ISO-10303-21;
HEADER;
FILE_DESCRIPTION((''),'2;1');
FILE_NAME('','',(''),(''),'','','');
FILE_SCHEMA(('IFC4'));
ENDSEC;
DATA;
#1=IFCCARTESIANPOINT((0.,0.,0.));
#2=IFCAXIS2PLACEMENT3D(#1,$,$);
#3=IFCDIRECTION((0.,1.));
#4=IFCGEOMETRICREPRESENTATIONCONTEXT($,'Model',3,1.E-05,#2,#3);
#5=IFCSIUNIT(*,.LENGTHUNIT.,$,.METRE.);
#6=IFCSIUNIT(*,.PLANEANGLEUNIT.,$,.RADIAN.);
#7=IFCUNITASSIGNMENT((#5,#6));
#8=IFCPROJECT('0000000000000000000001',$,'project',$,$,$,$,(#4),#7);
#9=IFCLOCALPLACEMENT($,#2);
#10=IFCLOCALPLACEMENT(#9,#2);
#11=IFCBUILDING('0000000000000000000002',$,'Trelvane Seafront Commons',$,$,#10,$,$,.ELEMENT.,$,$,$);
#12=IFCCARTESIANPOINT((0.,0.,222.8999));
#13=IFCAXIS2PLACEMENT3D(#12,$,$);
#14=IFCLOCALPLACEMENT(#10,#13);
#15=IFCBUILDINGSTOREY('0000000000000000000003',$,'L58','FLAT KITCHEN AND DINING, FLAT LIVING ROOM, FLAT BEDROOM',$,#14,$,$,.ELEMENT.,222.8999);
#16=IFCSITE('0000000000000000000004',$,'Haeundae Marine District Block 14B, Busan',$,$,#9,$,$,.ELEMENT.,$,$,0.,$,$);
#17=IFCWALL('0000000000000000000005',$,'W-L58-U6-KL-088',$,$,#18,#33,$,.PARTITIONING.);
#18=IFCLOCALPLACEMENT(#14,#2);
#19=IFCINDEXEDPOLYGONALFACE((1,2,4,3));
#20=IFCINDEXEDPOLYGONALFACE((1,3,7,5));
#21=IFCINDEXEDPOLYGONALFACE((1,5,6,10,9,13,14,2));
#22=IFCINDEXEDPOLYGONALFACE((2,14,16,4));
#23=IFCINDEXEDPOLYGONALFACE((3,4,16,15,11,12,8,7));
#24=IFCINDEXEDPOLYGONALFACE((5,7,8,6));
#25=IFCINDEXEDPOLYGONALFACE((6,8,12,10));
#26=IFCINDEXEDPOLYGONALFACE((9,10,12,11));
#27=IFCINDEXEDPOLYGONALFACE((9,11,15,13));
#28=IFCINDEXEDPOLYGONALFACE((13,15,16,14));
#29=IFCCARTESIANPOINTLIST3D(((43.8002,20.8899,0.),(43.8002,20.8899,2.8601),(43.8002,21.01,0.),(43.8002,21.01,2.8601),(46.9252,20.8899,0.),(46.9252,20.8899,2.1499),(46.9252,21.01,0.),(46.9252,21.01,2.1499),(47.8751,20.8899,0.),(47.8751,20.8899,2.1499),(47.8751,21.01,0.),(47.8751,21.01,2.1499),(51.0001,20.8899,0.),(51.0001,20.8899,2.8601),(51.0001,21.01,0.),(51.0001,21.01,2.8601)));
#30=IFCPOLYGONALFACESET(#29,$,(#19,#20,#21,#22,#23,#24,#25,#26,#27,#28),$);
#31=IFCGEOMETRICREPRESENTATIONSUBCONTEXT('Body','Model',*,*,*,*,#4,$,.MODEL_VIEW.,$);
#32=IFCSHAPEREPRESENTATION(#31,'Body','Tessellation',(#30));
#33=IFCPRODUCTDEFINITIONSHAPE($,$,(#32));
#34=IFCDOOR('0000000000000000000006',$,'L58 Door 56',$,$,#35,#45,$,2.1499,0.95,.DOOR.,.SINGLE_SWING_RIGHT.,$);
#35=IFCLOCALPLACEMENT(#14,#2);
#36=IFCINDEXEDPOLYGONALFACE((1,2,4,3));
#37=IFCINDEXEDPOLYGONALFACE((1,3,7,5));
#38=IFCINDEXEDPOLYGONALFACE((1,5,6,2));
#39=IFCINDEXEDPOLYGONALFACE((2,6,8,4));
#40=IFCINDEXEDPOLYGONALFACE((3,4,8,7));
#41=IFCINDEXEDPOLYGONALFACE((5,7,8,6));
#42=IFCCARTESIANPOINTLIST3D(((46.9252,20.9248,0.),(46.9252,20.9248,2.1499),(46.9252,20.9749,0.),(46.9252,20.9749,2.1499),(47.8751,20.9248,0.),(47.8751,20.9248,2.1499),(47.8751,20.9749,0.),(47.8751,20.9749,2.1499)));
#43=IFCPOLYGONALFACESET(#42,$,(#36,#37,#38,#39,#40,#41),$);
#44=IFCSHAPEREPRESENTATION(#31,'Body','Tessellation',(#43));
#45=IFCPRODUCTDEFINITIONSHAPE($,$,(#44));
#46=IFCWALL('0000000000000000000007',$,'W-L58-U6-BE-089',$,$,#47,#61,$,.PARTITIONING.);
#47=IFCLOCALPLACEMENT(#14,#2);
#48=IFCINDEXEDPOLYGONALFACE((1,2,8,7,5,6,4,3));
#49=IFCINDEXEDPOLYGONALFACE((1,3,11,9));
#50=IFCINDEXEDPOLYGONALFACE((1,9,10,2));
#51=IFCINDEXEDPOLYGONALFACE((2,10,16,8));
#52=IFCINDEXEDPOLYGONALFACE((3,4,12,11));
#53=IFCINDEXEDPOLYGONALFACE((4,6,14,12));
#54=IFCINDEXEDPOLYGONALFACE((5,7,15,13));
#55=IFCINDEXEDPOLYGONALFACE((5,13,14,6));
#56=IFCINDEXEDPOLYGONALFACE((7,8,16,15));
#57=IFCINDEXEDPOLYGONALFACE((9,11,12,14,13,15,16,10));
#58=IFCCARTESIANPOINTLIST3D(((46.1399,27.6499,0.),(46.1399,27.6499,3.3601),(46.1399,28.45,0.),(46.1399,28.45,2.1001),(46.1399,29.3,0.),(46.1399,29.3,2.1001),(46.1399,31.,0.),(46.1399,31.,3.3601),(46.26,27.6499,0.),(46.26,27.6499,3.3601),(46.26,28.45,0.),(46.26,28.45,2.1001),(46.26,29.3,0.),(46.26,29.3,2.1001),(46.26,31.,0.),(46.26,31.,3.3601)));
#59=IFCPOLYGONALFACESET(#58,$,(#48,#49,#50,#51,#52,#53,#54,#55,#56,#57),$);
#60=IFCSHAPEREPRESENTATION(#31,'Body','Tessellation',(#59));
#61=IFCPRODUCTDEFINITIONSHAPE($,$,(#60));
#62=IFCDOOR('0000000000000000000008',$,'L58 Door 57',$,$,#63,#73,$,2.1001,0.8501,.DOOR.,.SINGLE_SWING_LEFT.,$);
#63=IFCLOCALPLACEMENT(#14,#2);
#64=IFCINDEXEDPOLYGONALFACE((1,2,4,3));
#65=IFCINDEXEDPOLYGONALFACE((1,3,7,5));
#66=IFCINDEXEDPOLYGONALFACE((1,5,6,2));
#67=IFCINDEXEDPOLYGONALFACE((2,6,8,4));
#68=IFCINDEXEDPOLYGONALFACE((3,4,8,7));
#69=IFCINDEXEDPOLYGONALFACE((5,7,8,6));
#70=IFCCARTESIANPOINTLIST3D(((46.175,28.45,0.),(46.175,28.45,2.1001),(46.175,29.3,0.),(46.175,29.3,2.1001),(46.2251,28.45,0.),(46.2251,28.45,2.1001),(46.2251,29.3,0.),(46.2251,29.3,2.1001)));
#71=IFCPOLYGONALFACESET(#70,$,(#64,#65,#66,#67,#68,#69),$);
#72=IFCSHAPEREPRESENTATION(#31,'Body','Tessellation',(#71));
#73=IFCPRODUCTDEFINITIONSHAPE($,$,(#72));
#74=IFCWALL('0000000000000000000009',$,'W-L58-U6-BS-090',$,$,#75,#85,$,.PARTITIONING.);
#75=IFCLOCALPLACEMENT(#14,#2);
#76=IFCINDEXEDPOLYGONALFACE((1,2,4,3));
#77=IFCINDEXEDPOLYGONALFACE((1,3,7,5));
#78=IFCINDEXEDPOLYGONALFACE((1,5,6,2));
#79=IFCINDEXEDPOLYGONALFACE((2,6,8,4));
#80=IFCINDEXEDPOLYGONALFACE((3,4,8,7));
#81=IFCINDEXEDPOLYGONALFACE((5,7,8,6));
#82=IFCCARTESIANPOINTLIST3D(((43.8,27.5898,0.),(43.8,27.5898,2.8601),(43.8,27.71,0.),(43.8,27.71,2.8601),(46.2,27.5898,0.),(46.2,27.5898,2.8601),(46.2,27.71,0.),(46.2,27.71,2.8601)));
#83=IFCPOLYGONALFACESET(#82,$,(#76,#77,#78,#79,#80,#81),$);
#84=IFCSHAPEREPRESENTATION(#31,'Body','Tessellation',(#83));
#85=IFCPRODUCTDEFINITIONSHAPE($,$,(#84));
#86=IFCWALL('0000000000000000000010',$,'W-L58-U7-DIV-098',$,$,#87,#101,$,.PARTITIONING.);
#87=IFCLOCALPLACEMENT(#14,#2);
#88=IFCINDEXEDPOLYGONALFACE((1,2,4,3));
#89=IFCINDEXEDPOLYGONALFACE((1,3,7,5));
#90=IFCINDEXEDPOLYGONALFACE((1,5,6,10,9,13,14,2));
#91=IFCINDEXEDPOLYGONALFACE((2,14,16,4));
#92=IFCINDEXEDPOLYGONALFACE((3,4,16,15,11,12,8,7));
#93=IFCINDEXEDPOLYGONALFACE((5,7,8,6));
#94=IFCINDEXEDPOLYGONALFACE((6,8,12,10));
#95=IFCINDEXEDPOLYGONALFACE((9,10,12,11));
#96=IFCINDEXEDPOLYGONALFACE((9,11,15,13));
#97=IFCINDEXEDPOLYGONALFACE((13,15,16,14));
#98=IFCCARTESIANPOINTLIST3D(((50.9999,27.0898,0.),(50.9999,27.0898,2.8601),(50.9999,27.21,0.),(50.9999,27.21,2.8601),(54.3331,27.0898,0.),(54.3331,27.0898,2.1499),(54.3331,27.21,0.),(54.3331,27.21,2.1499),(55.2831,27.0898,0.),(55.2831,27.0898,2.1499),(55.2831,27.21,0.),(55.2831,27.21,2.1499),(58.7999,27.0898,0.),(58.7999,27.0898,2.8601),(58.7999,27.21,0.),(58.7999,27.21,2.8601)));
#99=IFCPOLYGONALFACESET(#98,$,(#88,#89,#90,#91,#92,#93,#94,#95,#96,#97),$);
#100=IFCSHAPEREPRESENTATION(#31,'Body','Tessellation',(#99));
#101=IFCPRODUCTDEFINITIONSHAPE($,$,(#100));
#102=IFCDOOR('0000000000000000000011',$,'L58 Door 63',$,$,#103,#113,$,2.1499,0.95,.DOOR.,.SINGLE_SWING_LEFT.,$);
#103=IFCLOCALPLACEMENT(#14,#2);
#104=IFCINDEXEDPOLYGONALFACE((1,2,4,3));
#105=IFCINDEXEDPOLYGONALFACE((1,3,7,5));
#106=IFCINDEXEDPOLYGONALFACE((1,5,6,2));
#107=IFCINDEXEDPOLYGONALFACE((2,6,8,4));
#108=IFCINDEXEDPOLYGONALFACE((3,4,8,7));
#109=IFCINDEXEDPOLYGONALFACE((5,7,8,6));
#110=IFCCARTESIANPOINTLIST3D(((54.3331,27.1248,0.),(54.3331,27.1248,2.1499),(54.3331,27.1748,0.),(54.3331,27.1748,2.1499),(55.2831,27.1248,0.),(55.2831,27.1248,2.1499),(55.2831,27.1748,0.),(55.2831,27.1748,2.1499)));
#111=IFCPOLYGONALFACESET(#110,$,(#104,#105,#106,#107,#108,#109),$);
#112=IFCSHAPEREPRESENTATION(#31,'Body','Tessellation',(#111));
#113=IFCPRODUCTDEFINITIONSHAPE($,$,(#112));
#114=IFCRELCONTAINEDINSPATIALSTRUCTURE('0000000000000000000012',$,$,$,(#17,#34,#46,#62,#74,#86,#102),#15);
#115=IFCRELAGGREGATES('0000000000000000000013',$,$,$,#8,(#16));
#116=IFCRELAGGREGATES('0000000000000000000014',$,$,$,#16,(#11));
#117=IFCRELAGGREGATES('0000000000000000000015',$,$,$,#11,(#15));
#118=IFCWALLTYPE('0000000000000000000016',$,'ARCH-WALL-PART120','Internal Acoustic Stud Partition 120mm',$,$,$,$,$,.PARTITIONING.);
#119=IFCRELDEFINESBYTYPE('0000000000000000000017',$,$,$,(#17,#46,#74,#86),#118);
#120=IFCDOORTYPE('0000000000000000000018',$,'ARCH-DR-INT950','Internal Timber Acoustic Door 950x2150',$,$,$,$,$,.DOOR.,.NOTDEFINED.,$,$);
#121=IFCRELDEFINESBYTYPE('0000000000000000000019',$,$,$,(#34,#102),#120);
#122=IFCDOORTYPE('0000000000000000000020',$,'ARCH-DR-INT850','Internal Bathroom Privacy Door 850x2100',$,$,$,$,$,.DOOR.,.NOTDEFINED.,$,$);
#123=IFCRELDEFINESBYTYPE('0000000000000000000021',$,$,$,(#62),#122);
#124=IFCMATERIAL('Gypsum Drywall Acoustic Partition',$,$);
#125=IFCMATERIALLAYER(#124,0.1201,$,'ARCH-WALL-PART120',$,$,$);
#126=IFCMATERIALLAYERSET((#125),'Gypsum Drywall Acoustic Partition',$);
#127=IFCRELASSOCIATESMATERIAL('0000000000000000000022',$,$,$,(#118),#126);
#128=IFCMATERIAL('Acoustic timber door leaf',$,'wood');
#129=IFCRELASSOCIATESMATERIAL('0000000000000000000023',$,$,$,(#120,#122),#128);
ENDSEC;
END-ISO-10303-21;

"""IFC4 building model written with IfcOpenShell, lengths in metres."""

from ifc_helpers import new_model, si_unit, direction, frame, frame_2d, origin, place, context, subcontext, project, spatial, rectangle, extrude, source, transform, mapped, material, layer, layer_set, type_object, element, fill, save


model = new_model("IFC4")

# Units and contexts
model_context = context("Model", 3, precision=1e-05, world=origin(), true_north=direction((0.0, 1.0)))
body_context = subcontext(model_context, "Body", "Model", "MODEL_VIEW")
ifc_project = project(units=[si_unit("LENGTHUNIT", "METRE"), si_unit("PLANEANGLEUNIT", "RADIAN")], contexts=[model_context])

# Site, building, storey
site_placement = place(None, origin())
site = spatial("IfcSite", under=ifc_project, at=site_placement, Name="Haeundae Marine District Block 14B, Busan", CompositionType="ELEMENT", RefElevation=0.0)
building_placement = place(site_placement, origin())
building = spatial("IfcBuilding", under=site, at=building_placement, Name="Trelvane Seafront Commons", CompositionType="ELEMENT")
storey_placement = place(building_placement, frame((0.0, 0.0, 222.8999)))
storey = spatial("IfcBuildingStorey", under=building, at=storey_placement, Name="L58", Description="FLAT KITCHEN AND DINING, FLAT LIVING ROOM, FLAT BEDROOM", CompositionType="ELEMENT", Elevation=222.8999)

# Shared definitions
ifc_material_1 = material(Name="Gypsum Drywall Acoustic Partition")
ifc_layer = layer(ifc_material_1, 0.1201, Name="ARCH-WALL-PART120")
ifc_layer_set = layer_set([ifc_layer], Name="Gypsum Drywall Acoustic Partition")
wall_type = type_object("IfcWallType", Name="ARCH-WALL-PART120", Description="Internal Acoustic Stud Partition 120mm", PredefinedType="PARTITIONING", material=ifc_layer_set)
ifc_material_2 = material(Name="Acoustic timber door leaf", Category="wood")
door_type_1 = type_object("IfcDoorType", Name="ARCH-DR-INT950", Description="Internal Timber Acoustic Door 950x2150", OperationType="NOTDEFINED", PredefinedType="DOOR", material=ifc_material_2)
shared_shape_1 = source(origin(), body_context, "Body", "SweptSolid", [
    extrude(rectangle(XDim=0.95, YDim=2.1499, at=frame_2d((0.4751, 1.075))), frame((0.0, 0.0249, 0.0), z_axis=(0.0, -1.0, 0.0), x_axis=(1.0, 0.0, 0.0)), (0.0, 0.0, 1.0), 0.05),
])
door_type_2 = type_object("IfcDoorType", Name="ARCH-DR-INT850", Description="Internal Bathroom Privacy Door 850x2100", OperationType="NOTDEFINED", PredefinedType="DOOR", material=ifc_material_2)
shared_shape_2 = source(origin(), body_context, "Body", "SweptSolid", [
    extrude(rectangle(XDim=0.8501, YDim=2.1001, at=frame_2d((0.425, 1.05))), frame((0.0, 0.0249, 0.0), z_axis=(0.0, -1.0, 0.0), x_axis=(1.0, 0.0, 0.0)), (0.0, 0.0, 1.0), 0.05),
])

# Walls, openings, doors
wall_1_placement = place(storey_placement, frame((43.8, 20.95, 0.0), z_axis=(0.0, 0.0, 1.0), x_axis=(1.0, 0.0, 0.0)))
wall_1 = element("IfcWall", 1, at=wall_1_placement, inside=storey, type_object=wall_type, Name="W-L58-U6-KL-088", PredefinedType="PARTITIONING", context=body_context, shape_type="SweptSolid", body=[
    extrude(rectangle(XDim=7.2, YDim=0.1201, at=frame_2d((3.6001, 0.0))), origin(), (0.0, 0.0, 1.0), 2.8601),
])
opening_1_placement = place(wall_1_placement, frame((3.125, 0.0, 0.0)))
opening_1 = element("IfcOpeningElement", 2, at=opening_1_placement, cuts=wall_1, PredefinedType="OPENING", context=body_context, shape_type="SweptSolid", body=[
    extrude(rectangle(XDim=0.95, YDim=2.1499, at=frame_2d((0.4751, 1.075))), frame((0.0, 0.0701, 0.0), z_axis=(0.0, -1.0, 0.0), x_axis=(1.0, 0.0, 0.0)), (0.0, 0.0, 1.0), 0.1401),
])
door_1_placement = place(opening_1_placement, origin())
door_1 = element("IfcDoor", 3, at=door_1_placement, inside=storey, type_object=door_type_1, Name="L58 Door 56", OperationType="SINGLE_SWING_RIGHT", OverallHeight=2.1499, OverallWidth=0.95, PredefinedType="DOOR", context=body_context, shape_type="MappedRepresentation", body=[
    mapped(shared_shape_1, transform((0.0, 0.0, 0.0), x_axis=(1.0, 0.0, 0.0), y_axis=(0.0, 1.0, 0.0), z_axis=(0.0, 0.0, 1.0), scale=1.0)),
])
fill(opening_1, door_1)
wall_2_placement = place(storey_placement, frame((46.2, 27.6499, 0.0), z_axis=(0.0, 0.0, 1.0), x_axis=(0.0, 1.0, 0.0)))
wall_2 = element("IfcWall", 4, at=wall_2_placement, inside=storey, type_object=wall_type, Name="W-L58-U6-BE-089", PredefinedType="PARTITIONING", context=body_context, shape_type="SweptSolid", body=[
    extrude(rectangle(XDim=3.3501, YDim=0.1201, at=frame_2d((1.675, 0.0))), origin(), (0.0, 0.0, 1.0), 3.3601),
])
opening_2_placement = place(wall_2_placement, frame((0.8, 0.0, 0.0)))
opening_2 = element("IfcOpeningElement", 5, at=opening_2_placement, cuts=wall_2, PredefinedType="OPENING", context=body_context, shape_type="SweptSolid", body=[
    extrude(rectangle(XDim=0.8501, YDim=2.1001, at=frame_2d((0.425, 1.05))), frame((0.0, 0.0701, 0.0), z_axis=(0.0, -1.0, 0.0), x_axis=(1.0, 0.0, 0.0)), (0.0, 0.0, 1.0), 0.1401),
])
door_2_placement = place(opening_2_placement, origin())
door_2 = element("IfcDoor", 6, at=door_2_placement, inside=storey, type_object=door_type_2, Name="L58 Door 57", OperationType="SINGLE_SWING_LEFT", OverallHeight=2.1001, OverallWidth=0.8501, PredefinedType="DOOR", context=body_context, shape_type="MappedRepresentation", body=[
    mapped(shared_shape_2, transform((0.0, 0.0, 0.0), x_axis=(1.0, 0.0, 0.0), y_axis=(0.0, 1.0, 0.0), z_axis=(0.0, 0.0, 1.0), scale=1.0)),
])
fill(opening_2, door_2)

# Wall
wall_3_placement = place(storey_placement, frame((43.8, 27.6499, 0.0), z_axis=(0.0, 0.0, 1.0), x_axis=(1.0, 0.0, 0.0)))
element("IfcWall", 7, at=wall_3_placement, inside=storey, type_object=wall_type, Name="W-L58-U6-BS-090", PredefinedType="PARTITIONING", context=body_context, shape_type="SweptSolid", body=[
    extrude(rectangle(XDim=2.3999, YDim=0.1201, at=frame_2d((1.2, 0.0))), origin(), (0.0, 0.0, 1.0), 2.8601),
])

# Wall, opening, door
wall_4_placement = place(storey_placement, frame((51.0, 27.1499, 0.0), z_axis=(0.0, 0.0, 1.0), x_axis=(1.0, 0.0, 0.0)))
wall_4 = element("IfcWall", 8, at=wall_4_placement, inside=storey, type_object=wall_type, Name="W-L58-U7-DIV-098", PredefinedType="PARTITIONING", context=body_context, shape_type="SweptSolid", body=[
    extrude(rectangle(XDim=7.8, YDim=0.1201, at=frame_2d((3.8999, 0.0))), origin(), (0.0, 0.0, 1.0), 2.8601),
])
opening_3_placement = place(wall_4_placement, frame((3.333, 0.0, 0.0)))
opening_3 = element("IfcOpeningElement", 9, at=opening_3_placement, cuts=wall_4, PredefinedType="OPENING", context=body_context, shape_type="SweptSolid", body=[
    extrude(rectangle(XDim=0.95, YDim=2.1499, at=frame_2d((0.4751, 1.075))), frame((0.0, 0.0701, 0.0), z_axis=(0.0, -1.0, 0.0), x_axis=(1.0, 0.0, 0.0)), (0.0, 0.0, 1.0), 0.1401),
])
door_3_placement = place(opening_3_placement, origin())
door_3 = element("IfcDoor", 10, at=door_3_placement, inside=storey, type_object=door_type_1, Name="L58 Door 63", OperationType="SINGLE_SWING_LEFT", OverallHeight=2.1499, OverallWidth=0.95, PredefinedType="DOOR", context=body_context, shape_type="MappedRepresentation", body=[
    mapped(shared_shape_1, transform((0.0, 0.0, 0.0), x_axis=(1.0, 0.0, 0.0), y_axis=(0.0, 1.0, 0.0), z_axis=(0.0, 0.0, 1.0), scale=1.0)),
])
fill(opening_3, door_3)

save(model, "model.ifc")
